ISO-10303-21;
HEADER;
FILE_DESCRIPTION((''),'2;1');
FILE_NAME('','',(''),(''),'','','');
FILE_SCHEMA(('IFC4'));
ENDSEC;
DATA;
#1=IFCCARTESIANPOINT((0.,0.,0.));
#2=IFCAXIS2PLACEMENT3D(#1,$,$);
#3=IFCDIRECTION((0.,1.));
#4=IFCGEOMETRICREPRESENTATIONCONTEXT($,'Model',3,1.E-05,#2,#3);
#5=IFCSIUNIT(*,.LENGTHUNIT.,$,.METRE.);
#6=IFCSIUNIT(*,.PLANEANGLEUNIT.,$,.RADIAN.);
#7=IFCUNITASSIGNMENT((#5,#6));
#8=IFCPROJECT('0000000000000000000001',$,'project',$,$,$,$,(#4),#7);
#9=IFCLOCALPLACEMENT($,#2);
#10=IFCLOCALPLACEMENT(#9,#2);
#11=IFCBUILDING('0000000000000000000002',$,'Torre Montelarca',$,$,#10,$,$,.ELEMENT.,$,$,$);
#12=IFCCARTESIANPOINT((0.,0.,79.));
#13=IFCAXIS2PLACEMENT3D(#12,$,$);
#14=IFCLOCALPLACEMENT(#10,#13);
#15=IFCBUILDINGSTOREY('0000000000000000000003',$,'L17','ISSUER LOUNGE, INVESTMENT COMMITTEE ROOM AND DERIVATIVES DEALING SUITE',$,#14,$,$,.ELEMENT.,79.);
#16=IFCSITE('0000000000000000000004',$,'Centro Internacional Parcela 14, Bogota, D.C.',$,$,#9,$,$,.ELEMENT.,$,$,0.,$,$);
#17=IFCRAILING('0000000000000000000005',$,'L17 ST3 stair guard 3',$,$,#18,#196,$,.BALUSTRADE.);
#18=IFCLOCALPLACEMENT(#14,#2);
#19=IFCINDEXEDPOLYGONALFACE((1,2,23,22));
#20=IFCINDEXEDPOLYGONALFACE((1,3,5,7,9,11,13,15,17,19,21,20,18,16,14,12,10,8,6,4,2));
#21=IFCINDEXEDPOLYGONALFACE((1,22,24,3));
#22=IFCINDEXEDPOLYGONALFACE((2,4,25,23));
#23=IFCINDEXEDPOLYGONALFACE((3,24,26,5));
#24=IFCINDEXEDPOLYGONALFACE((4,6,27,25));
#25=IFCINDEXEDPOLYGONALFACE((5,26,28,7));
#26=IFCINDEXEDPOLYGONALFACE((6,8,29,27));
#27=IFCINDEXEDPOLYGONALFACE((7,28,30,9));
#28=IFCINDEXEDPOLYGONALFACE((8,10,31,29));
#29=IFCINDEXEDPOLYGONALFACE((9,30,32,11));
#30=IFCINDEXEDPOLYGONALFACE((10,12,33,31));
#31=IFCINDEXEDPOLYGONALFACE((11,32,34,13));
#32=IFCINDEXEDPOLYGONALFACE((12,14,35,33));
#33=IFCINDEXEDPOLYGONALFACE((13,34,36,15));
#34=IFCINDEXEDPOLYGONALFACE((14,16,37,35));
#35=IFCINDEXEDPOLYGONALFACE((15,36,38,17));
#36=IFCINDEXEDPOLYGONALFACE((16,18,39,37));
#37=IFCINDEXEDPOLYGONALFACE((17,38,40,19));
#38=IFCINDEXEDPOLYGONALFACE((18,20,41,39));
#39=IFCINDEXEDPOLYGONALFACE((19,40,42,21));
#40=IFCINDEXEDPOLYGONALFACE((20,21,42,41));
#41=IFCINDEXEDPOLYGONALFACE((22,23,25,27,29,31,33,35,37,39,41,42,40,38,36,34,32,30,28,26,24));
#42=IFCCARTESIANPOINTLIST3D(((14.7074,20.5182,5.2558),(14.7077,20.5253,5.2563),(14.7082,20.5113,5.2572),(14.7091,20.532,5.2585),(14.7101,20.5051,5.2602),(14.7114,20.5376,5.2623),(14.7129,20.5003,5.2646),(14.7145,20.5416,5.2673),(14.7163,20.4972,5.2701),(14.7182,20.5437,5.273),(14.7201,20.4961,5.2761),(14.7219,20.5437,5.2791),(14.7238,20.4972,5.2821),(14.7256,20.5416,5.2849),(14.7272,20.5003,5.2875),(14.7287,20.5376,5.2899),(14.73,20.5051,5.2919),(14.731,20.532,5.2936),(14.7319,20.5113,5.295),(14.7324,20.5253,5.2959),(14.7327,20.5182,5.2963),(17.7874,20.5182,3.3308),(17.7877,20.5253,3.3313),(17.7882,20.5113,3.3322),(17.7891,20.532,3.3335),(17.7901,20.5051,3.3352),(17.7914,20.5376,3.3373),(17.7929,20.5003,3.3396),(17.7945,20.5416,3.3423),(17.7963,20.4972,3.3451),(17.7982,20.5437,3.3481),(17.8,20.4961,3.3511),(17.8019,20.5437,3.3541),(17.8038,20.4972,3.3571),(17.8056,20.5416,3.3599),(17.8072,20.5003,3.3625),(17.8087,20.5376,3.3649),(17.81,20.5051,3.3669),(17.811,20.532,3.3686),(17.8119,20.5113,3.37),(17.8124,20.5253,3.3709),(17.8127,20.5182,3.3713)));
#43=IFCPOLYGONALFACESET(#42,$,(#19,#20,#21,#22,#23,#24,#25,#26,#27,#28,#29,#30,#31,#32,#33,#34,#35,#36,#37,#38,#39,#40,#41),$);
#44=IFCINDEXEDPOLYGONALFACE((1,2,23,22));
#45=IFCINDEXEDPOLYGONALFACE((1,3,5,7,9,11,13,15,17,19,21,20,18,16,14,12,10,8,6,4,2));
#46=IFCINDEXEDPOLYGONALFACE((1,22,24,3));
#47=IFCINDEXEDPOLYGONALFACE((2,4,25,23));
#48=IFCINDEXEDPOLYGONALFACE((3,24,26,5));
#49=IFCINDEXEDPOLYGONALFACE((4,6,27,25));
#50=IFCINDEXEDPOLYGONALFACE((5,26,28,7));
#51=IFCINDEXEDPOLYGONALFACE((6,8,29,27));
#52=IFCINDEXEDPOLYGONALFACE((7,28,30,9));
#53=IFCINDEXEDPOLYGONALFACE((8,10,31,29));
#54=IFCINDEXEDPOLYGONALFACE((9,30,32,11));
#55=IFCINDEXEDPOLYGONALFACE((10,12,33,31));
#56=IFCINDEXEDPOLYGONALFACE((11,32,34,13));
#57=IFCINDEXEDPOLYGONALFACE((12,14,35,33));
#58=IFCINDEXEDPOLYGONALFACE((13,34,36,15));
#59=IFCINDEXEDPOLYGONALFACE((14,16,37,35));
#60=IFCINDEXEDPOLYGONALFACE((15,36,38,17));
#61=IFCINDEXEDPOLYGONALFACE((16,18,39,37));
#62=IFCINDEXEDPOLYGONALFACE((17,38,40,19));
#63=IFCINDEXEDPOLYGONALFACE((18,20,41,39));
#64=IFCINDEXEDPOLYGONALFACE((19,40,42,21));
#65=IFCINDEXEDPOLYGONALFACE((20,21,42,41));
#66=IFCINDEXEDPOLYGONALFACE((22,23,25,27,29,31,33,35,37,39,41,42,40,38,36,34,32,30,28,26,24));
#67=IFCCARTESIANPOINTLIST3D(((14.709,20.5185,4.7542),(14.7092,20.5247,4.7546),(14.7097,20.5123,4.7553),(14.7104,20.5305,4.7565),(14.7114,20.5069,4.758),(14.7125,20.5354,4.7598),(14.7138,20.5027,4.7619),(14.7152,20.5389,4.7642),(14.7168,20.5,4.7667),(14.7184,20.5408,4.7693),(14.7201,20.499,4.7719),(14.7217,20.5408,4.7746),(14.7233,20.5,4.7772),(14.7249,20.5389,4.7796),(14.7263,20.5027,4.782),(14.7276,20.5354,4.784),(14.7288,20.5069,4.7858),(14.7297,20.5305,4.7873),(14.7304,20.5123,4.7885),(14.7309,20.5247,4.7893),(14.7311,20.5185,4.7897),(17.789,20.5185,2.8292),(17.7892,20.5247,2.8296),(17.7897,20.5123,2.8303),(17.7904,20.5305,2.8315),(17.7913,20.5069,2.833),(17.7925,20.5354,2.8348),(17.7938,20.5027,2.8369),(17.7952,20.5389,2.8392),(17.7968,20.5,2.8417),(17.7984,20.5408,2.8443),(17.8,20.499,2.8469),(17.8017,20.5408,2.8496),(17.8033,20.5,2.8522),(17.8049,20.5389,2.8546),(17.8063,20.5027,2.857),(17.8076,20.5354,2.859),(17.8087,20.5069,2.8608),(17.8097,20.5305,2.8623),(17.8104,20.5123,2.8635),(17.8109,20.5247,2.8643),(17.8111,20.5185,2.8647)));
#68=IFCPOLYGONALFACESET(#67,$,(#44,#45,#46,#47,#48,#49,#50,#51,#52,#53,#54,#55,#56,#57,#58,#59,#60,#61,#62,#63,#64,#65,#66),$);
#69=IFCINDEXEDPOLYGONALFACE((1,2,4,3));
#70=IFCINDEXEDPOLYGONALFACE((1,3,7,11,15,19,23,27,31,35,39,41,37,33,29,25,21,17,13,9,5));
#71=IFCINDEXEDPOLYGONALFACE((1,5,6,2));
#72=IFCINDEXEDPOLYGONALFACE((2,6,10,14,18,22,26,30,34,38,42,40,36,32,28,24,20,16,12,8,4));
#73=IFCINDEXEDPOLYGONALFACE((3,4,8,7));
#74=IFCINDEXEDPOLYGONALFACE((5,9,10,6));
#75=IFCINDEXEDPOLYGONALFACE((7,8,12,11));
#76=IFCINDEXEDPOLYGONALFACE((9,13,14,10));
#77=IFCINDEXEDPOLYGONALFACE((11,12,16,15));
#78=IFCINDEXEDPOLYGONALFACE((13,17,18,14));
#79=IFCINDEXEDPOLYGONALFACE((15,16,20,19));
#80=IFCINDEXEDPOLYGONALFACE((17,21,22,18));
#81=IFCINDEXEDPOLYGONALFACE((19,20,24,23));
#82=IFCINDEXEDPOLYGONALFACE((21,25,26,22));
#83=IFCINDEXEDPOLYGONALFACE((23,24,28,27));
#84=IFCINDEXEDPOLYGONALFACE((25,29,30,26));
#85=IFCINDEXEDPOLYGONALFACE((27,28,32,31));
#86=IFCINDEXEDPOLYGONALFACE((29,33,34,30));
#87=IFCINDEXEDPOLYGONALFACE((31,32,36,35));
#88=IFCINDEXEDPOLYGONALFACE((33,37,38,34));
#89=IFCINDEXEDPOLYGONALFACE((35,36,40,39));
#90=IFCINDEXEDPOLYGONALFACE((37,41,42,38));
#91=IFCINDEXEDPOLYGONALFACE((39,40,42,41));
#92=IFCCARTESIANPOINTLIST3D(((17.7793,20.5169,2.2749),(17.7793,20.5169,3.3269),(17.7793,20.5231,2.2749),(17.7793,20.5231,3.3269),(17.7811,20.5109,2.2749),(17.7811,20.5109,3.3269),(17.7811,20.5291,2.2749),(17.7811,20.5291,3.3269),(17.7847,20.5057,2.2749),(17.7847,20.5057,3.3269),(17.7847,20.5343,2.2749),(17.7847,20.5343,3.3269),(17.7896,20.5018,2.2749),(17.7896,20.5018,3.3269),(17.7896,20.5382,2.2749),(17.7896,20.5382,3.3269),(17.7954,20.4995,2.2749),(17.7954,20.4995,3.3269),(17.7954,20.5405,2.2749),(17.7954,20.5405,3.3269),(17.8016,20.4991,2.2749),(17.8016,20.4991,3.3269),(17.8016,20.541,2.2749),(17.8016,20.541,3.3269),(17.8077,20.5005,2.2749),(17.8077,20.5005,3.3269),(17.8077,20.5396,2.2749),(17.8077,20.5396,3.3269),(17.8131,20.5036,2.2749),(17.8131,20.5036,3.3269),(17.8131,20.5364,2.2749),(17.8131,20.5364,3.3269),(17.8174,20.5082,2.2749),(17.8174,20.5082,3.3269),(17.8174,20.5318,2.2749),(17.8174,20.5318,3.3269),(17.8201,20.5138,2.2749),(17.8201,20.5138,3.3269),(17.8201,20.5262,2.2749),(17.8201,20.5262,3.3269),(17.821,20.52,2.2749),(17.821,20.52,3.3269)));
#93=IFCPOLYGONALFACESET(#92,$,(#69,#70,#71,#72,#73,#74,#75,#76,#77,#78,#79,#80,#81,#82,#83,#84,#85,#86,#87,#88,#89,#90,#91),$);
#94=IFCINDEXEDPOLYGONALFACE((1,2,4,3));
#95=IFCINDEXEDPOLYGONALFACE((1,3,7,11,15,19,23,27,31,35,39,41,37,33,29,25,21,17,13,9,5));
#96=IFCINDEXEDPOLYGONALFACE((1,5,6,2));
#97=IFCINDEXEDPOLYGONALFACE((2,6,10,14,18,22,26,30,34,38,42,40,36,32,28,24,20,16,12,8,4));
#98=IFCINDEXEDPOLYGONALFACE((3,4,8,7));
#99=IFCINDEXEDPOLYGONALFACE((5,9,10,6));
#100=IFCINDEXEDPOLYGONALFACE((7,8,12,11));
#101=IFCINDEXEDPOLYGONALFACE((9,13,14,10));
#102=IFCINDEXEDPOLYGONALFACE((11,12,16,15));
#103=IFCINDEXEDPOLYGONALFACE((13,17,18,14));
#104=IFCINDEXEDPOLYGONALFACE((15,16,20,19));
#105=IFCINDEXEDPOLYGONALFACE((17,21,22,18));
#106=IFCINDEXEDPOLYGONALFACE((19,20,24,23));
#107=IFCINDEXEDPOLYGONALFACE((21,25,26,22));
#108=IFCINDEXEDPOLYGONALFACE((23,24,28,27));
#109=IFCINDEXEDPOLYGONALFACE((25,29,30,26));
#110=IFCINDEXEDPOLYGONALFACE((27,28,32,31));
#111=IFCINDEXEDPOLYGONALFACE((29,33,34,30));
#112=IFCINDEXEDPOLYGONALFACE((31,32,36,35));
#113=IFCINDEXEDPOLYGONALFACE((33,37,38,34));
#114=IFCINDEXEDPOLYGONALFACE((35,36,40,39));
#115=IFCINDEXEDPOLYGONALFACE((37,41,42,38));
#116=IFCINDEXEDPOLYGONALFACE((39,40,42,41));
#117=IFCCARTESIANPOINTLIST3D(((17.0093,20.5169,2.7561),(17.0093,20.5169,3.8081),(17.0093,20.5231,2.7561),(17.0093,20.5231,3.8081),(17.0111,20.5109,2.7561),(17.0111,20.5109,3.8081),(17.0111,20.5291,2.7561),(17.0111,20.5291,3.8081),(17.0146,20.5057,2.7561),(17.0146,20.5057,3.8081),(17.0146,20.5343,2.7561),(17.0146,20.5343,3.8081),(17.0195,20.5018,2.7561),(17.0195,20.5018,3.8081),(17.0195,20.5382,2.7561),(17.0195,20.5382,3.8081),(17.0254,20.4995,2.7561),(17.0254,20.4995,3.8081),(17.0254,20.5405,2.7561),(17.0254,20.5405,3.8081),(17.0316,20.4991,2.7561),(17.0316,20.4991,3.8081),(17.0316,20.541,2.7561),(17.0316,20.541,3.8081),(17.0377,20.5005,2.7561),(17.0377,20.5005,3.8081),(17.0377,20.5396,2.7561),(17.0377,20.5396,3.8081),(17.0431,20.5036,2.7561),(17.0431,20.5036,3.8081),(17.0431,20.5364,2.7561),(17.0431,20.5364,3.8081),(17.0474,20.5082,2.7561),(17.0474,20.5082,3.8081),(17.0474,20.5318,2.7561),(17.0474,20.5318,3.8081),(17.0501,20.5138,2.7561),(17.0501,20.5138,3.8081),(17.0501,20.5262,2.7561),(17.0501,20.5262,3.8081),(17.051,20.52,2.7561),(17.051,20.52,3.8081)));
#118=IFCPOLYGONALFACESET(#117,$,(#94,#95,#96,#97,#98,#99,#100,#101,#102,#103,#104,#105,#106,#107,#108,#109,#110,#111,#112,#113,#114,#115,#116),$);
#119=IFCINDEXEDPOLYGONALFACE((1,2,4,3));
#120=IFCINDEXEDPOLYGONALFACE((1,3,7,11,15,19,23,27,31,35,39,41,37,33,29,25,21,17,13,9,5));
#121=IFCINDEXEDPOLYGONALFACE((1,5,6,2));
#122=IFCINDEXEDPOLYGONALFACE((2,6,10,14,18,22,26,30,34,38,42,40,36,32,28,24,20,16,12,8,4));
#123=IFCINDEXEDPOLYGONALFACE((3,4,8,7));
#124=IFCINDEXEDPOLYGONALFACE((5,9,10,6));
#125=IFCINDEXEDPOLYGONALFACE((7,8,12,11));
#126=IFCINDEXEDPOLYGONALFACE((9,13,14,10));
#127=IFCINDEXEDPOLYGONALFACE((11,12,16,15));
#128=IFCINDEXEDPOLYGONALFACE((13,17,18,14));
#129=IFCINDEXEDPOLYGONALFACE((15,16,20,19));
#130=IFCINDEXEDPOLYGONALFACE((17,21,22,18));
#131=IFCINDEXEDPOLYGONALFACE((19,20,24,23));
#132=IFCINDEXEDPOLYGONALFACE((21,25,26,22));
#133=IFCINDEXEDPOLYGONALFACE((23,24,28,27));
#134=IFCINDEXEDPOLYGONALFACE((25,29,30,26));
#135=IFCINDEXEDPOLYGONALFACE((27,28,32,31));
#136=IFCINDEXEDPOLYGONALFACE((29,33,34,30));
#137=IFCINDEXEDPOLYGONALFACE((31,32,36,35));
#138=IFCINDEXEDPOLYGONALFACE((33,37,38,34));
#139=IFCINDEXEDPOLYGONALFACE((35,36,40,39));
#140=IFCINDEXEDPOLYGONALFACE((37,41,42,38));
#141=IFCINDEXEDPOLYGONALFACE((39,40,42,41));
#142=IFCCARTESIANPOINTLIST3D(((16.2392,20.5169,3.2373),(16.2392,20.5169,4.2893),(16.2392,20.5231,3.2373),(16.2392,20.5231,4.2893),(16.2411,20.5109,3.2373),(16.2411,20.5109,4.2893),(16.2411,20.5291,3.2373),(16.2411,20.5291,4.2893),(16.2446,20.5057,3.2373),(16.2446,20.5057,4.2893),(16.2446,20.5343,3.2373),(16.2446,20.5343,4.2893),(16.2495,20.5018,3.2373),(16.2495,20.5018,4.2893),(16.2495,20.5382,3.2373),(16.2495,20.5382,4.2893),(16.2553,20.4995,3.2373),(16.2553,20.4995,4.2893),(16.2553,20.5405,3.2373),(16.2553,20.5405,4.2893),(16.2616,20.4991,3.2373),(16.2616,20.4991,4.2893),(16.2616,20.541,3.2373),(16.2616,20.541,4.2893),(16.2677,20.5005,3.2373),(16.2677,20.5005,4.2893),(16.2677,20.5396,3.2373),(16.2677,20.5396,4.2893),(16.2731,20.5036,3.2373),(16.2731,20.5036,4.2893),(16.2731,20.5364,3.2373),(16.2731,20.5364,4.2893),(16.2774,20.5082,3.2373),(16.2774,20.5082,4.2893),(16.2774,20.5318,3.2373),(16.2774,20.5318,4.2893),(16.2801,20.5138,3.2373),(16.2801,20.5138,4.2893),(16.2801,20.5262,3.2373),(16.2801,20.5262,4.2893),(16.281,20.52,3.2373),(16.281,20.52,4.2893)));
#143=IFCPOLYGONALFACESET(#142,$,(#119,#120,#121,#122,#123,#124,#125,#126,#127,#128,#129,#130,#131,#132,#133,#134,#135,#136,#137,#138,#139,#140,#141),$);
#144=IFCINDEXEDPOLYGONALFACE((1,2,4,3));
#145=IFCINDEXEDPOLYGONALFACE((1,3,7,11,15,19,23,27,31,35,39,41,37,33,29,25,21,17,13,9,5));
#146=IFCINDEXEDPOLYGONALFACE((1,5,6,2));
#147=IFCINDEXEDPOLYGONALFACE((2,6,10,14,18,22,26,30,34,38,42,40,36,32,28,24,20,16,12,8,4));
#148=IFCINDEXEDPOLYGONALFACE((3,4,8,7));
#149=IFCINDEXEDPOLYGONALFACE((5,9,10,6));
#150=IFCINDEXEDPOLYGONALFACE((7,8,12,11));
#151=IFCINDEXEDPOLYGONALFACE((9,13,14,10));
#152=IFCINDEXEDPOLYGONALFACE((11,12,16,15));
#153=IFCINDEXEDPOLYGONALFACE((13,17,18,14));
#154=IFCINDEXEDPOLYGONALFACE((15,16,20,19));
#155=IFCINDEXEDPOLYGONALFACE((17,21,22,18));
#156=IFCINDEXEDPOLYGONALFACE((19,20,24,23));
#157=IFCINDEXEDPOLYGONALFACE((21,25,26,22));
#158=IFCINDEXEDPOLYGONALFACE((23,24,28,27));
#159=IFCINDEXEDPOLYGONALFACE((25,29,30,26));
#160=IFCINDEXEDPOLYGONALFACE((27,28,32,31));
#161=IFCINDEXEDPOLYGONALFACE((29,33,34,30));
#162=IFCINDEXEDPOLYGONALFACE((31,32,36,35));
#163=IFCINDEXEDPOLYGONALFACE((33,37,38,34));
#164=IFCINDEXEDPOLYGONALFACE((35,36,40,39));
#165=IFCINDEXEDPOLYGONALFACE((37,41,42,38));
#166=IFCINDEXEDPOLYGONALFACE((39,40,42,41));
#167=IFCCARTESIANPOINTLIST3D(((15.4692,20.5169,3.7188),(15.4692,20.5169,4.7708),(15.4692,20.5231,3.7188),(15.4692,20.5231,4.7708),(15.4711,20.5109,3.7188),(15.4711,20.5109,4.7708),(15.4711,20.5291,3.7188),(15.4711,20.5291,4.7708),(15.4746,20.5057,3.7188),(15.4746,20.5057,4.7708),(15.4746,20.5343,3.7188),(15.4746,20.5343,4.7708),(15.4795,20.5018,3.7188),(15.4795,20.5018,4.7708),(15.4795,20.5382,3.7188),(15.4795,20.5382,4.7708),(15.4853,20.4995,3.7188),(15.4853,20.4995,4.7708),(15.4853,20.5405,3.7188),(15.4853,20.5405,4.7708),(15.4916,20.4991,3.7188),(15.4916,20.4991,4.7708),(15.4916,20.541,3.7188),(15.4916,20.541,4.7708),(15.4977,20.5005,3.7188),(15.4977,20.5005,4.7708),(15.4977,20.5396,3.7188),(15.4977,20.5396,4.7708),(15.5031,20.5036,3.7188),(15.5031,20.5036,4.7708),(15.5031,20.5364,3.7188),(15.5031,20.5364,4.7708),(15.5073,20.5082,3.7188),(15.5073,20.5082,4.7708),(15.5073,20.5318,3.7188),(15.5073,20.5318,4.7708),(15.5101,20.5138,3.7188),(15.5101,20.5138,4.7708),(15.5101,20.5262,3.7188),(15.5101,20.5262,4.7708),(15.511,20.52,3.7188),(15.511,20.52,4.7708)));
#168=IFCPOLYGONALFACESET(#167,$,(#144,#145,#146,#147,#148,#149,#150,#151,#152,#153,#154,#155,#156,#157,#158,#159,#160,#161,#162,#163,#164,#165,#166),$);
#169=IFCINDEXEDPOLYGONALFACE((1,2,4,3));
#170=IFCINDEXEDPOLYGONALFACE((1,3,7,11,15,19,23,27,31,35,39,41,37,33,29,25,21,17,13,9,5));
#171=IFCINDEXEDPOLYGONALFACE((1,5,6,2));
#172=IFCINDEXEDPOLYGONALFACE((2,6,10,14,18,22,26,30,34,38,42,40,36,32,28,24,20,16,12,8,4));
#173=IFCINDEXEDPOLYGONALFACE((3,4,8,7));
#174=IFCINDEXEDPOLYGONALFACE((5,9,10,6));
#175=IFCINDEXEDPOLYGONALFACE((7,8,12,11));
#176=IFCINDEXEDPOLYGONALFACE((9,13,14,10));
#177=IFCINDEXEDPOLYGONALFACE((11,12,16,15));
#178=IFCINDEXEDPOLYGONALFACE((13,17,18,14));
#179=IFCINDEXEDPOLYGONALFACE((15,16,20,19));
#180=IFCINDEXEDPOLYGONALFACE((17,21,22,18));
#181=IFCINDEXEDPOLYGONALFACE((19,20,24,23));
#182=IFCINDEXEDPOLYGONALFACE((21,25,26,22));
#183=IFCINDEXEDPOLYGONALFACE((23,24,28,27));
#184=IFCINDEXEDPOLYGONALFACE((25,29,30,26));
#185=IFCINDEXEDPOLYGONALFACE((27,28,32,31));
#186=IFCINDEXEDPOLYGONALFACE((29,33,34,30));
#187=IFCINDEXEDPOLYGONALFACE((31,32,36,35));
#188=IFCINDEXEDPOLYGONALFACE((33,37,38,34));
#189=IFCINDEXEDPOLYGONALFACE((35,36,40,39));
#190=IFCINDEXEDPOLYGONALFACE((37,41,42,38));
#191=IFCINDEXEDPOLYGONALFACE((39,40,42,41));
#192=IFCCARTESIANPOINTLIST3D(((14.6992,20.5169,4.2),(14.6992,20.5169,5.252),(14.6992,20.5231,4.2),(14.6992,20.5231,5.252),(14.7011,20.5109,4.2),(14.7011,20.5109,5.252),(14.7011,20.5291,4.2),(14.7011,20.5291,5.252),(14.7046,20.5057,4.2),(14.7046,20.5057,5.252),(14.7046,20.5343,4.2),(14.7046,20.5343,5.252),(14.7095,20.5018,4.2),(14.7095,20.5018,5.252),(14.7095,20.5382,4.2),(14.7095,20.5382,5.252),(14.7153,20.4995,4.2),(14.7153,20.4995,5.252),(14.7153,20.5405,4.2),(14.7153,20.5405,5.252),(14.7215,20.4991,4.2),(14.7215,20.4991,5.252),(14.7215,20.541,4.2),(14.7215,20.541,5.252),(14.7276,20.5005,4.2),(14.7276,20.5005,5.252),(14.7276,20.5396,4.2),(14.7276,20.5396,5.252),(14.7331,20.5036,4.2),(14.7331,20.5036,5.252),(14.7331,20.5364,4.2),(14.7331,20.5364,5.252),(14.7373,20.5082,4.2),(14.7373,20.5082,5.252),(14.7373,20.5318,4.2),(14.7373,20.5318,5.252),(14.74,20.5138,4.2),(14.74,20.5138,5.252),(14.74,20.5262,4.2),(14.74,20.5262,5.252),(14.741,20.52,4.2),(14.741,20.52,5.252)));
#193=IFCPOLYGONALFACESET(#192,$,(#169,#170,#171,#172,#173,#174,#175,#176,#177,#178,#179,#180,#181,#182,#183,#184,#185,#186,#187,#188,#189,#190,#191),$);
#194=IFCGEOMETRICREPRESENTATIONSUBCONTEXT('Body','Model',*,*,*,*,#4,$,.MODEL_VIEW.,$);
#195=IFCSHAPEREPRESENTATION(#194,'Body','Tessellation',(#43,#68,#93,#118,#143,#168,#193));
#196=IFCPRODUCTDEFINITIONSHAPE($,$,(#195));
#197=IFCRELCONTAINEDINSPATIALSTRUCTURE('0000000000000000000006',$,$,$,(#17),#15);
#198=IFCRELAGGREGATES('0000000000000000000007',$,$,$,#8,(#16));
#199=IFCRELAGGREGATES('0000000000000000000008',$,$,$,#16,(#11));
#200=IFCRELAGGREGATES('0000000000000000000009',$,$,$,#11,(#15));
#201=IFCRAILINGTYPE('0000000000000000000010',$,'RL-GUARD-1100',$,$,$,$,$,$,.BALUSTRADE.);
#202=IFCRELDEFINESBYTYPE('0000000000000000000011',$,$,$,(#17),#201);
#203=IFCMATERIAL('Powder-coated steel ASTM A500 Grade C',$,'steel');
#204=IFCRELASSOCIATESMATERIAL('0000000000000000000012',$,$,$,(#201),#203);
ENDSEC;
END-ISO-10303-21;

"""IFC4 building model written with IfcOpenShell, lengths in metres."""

from ifc_helpers import new_model, si_unit, direction, frame, origin, origin_2d, place, context, subcontext, project, spatial, circle, extrude, material, type_object, element, save


model = new_model("IFC4")

# Units and contexts
model_context = context("Model", 3, precision=1e-05, world=origin(), true_north=direction((0.0, 1.0)))
body_context = subcontext(model_context, "Body", "Model", "MODEL_VIEW")
ifc_project = project(units=[si_unit("LENGTHUNIT", "METRE"), si_unit("PLANEANGLEUNIT", "RADIAN")], contexts=[model_context])

# Site, building, storey
site_placement = place(None, origin())
site = spatial("IfcSite", under=ifc_project, at=site_placement, Name="Centro Internacional Parcela 14, Bogota, D.C.", CompositionType="ELEMENT", RefElevation=0.0)
building_placement = place(site_placement, origin())
building = spatial("IfcBuilding", under=site, at=building_placement, Name="Torre Montelarca", CompositionType="ELEMENT")
storey_placement = place(building_placement, frame((0.0, 0.0, 79.0)))
storey = spatial("IfcBuildingStorey", under=building, at=storey_placement, Name="L17", Description="ISSUER LOUNGE, INVESTMENT COMMITTEE ROOM AND DERIVATIVES DEALING SUITE", CompositionType="ELEMENT", Elevation=79.0)

# Railing
ifc_material_1 = material(Name="Powder-coated steel ASTM A500 Grade C", Category="steel")
railing_type_1 = type_object("IfcRailingType", Name="RL-GUARD-1100", PredefinedType="BALUSTRADE", material=ifc_material_1)
railing_1_placement = place(storey_placement, frame((17.8, 20.52, 2.2749)))
element("IfcRailing", 1, at=railing_1_placement, inside=storey, type_object=railing_type_1, Name="L17 ST3 stair guard 3", PredefinedType="BALUSTRADE", context=body_context, shape_type="SweptSolid", body=[
    extrude(circle(Radius=0.0239, at=origin_2d()), frame((0.0, 0.0, 1.0762), z_axis=(-0.847998, 0.0, 0.529999), x_axis=(0.0, -1.0, 0.0)), (0.0, 0.0, 1.0), 3.6321),
    extrude(circle(Radius=0.021, at=origin_2d()), frame((0.0, 0.0, 0.572), z_axis=(-0.847998, 0.0, 0.529999), x_axis=(0.0, -1.0, 0.0)), (0.0, 0.0, 1.0), 3.6321),
    extrude(circle(Radius=0.021, at=origin_2d()), origin(), (0.0, 0.0, 1.0), 1.052),
    extrude(circle(Radius=0.021, at=origin_2d()), frame((-0.77, 0.0, 0.4812)), (0.0, 0.0, 1.0), 1.052),
    extrude(circle(Radius=0.021, at=origin_2d()), frame((-1.54, 0.0, 0.9624)), (0.0, 0.0, 1.0), 1.052),
    extrude(circle(Radius=0.021, at=origin_2d()), frame((-2.3101, 0.0, 1.4438)), (0.0, 0.0, 1.0), 1.052),
    extrude(circle(Radius=0.021, at=origin_2d()), frame((-3.0801, 0.0, 1.925)), (0.0, 0.0, 1.0), 1.052),
])

save(model, "model.ifc")
